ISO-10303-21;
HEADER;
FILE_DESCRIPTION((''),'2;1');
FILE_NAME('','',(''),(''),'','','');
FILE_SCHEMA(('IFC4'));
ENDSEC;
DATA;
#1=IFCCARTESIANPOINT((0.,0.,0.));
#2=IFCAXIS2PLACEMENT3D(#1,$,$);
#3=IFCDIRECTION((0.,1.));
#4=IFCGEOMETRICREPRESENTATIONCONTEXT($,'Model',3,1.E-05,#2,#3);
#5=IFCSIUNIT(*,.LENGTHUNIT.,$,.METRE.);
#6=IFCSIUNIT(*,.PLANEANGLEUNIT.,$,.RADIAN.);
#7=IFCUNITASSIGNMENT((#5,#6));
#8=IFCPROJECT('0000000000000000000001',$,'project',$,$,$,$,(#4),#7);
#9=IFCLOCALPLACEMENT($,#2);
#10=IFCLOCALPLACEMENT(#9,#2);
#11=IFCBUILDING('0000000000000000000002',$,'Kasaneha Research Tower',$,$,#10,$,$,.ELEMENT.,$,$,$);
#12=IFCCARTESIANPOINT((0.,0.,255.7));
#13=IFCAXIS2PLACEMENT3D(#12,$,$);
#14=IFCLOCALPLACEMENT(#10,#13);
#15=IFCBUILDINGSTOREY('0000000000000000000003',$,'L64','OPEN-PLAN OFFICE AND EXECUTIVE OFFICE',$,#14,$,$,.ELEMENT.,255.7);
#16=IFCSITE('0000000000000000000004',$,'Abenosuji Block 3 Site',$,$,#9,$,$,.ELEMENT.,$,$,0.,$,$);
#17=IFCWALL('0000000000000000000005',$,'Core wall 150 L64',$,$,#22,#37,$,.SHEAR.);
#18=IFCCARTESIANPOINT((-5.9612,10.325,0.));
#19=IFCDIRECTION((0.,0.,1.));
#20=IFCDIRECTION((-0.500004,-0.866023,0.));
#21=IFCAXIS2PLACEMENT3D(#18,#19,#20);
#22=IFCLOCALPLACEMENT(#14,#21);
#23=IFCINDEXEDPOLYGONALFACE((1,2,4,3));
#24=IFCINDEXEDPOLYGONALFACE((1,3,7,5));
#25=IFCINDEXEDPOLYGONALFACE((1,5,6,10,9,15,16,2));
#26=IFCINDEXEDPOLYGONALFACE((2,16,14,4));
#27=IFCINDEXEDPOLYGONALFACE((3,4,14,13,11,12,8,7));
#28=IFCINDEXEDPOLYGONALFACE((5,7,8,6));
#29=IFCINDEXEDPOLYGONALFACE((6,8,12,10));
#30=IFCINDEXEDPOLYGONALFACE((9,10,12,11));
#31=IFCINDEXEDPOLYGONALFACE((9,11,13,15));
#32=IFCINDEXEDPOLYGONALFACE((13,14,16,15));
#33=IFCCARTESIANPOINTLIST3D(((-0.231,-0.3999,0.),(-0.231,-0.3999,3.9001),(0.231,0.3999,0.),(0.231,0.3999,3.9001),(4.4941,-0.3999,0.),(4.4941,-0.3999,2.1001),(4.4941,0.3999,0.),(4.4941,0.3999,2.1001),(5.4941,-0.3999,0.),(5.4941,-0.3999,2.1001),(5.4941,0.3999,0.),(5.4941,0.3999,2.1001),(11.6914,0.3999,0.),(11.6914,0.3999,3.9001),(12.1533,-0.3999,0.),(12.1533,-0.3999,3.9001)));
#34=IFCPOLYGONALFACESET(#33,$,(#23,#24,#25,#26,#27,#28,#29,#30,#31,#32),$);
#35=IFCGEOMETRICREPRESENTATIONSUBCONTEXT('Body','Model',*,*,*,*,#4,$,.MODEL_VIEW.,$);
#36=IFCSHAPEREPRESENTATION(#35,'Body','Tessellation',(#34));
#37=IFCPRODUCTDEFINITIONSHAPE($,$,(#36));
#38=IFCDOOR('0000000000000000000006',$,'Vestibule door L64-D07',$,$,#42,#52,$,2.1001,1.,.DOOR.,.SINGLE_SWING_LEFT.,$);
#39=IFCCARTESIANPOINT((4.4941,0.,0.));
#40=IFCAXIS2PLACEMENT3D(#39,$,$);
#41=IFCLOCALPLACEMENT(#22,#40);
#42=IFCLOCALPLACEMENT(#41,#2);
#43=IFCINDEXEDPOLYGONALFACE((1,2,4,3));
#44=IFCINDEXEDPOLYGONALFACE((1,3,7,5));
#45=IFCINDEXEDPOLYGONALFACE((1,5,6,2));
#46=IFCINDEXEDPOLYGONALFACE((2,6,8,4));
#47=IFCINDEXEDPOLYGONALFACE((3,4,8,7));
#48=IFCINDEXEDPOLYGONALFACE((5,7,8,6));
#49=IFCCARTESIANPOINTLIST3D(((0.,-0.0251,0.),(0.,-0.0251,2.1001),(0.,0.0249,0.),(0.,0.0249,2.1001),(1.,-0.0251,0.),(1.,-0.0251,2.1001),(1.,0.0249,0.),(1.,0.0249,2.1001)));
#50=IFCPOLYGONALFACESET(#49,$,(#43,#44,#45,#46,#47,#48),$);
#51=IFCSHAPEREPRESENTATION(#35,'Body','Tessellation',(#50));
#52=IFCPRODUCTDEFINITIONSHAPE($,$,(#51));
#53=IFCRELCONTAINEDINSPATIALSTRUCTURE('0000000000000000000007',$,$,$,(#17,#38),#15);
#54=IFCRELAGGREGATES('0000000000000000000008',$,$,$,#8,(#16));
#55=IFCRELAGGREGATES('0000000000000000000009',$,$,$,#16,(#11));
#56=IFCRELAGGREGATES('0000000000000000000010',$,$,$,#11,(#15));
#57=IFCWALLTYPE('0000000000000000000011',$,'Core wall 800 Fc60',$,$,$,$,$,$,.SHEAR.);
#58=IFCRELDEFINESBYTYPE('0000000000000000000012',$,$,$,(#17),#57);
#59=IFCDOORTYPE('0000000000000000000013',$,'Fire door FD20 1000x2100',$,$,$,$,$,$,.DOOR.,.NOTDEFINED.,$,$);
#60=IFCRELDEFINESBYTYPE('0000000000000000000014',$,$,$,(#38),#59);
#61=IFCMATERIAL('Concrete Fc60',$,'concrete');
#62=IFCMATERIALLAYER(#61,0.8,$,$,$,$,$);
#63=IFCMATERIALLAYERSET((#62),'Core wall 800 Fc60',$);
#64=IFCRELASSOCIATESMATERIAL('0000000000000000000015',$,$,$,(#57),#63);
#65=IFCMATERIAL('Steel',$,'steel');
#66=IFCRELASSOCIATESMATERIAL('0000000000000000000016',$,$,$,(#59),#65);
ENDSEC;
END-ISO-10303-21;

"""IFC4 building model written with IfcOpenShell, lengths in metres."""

from ifc_helpers import new_model, si_unit, direction, frame, frame_2d, origin, place, context, subcontext, project, spatial, polyline, rectangle, outline, extrude, material, layer, layer_set, type_object, element, fill, save


model = new_model("IFC4")

# Units and contexts
model_context = context("Model", 3, precision=1e-05, world=origin(), true_north=direction((0.0, 1.0)))
body_context = subcontext(model_context, "Body", "Model", "MODEL_VIEW")
ifc_project = project(units=[si_unit("LENGTHUNIT", "METRE"), si_unit("PLANEANGLEUNIT", "RADIAN")], contexts=[model_context])

# Site, building, storey
site_placement = place(None, origin())
site = spatial("IfcSite", under=ifc_project, at=site_placement, Name="Abenosuji Block 3 Site", CompositionType="ELEMENT", RefElevation=0.0)
building_placement = place(site_placement, origin())
building = spatial("IfcBuilding", under=site, at=building_placement, Name="Kasaneha Research Tower", CompositionType="ELEMENT")
storey_placement = place(building_placement, frame((0.0, 0.0, 255.7)))
storey = spatial("IfcBuildingStorey", under=building, at=storey_placement, Name="L64", Description="OPEN-PLAN OFFICE AND EXECUTIVE OFFICE", CompositionType="ELEMENT", Elevation=255.7)

# Wall, opening, door
ifc_material_1 = material(Name="Concrete Fc60", Category="concrete")
ifc_layer_1 = layer(ifc_material_1, 0.8)
ifc_layer_set_1 = layer_set([ifc_layer_1], Name="Core wall 800 Fc60")
wall_type_1 = type_object("IfcWallType", Name="Core wall 800 Fc60", PredefinedType="SHEAR", material=ifc_layer_set_1)
wall_1_placement = place(storey_placement, frame((-5.9612, 10.325, 0.0), z_axis=(0.0, 0.0, 1.0), x_axis=(-0.500004, -0.866023, 0.0)))
wall_1 = element("IfcWall", 1, at=wall_1_placement, inside=storey, type_object=wall_type_1, Name="Core wall 150 L64", PredefinedType="SHEAR", context=body_context, shape_type="SweptSolid", body=[
    extrude(outline(polyline([(-0.231, -0.3999), (4.4941, -0.3999), (5.4941, -0.3999), (12.1533, -0.3999), (11.6914, 0.3999), (5.4941, 0.3999), (4.4941, 0.3999), (0.231, 0.3999), (-0.231, -0.3999)])), origin(), (0.0, 0.0, 1.0), 3.9001),
])
opening_1_placement = place(wall_1_placement, frame((4.4941, 0.0, 0.0)))
opening_1 = element("IfcOpeningElement", 2, at=opening_1_placement, cuts=wall_1, PredefinedType="OPENING", context=body_context, shape_type="SweptSolid", body=[
    extrude(rectangle(XDim=1.0, YDim=2.1001, at=frame_2d((0.5, 1.05))), frame((0.0, 0.4102, 0.0), z_axis=(0.0, -1.0, 0.0), x_axis=(1.0, 0.0, 0.0)), (0.0, 0.0, 1.0), 0.8201),
])
ifc_material_2 = material(Name="Steel", Category="steel")
door_type_1 = type_object("IfcDoorType", Name="Fire door FD20 1000x2100", OperationType="NOTDEFINED", PredefinedType="DOOR", material=ifc_material_2)
door_1_placement = place(opening_1_placement, origin())
door_1 = element("IfcDoor", 3, at=door_1_placement, inside=storey, type_object=door_type_1, Name="Vestibule door L64-D07", OperationType="SINGLE_SWING_LEFT", OverallHeight=2.1001, OverallWidth=1.0, PredefinedType="DOOR", context=body_context, shape_type="SweptSolid", body=[
    extrude(rectangle(XDim=1.0, YDim=2.1001, at=frame_2d((0.5, 1.05))), frame((0.0, 0.0249, 0.0), z_axis=(0.0, -1.0, 0.0), x_axis=(1.0, 0.0, 0.0)), (0.0, 0.0, 1.0), 0.05),
])
fill(opening_1, door_1)

save(model, "model.ifc")
